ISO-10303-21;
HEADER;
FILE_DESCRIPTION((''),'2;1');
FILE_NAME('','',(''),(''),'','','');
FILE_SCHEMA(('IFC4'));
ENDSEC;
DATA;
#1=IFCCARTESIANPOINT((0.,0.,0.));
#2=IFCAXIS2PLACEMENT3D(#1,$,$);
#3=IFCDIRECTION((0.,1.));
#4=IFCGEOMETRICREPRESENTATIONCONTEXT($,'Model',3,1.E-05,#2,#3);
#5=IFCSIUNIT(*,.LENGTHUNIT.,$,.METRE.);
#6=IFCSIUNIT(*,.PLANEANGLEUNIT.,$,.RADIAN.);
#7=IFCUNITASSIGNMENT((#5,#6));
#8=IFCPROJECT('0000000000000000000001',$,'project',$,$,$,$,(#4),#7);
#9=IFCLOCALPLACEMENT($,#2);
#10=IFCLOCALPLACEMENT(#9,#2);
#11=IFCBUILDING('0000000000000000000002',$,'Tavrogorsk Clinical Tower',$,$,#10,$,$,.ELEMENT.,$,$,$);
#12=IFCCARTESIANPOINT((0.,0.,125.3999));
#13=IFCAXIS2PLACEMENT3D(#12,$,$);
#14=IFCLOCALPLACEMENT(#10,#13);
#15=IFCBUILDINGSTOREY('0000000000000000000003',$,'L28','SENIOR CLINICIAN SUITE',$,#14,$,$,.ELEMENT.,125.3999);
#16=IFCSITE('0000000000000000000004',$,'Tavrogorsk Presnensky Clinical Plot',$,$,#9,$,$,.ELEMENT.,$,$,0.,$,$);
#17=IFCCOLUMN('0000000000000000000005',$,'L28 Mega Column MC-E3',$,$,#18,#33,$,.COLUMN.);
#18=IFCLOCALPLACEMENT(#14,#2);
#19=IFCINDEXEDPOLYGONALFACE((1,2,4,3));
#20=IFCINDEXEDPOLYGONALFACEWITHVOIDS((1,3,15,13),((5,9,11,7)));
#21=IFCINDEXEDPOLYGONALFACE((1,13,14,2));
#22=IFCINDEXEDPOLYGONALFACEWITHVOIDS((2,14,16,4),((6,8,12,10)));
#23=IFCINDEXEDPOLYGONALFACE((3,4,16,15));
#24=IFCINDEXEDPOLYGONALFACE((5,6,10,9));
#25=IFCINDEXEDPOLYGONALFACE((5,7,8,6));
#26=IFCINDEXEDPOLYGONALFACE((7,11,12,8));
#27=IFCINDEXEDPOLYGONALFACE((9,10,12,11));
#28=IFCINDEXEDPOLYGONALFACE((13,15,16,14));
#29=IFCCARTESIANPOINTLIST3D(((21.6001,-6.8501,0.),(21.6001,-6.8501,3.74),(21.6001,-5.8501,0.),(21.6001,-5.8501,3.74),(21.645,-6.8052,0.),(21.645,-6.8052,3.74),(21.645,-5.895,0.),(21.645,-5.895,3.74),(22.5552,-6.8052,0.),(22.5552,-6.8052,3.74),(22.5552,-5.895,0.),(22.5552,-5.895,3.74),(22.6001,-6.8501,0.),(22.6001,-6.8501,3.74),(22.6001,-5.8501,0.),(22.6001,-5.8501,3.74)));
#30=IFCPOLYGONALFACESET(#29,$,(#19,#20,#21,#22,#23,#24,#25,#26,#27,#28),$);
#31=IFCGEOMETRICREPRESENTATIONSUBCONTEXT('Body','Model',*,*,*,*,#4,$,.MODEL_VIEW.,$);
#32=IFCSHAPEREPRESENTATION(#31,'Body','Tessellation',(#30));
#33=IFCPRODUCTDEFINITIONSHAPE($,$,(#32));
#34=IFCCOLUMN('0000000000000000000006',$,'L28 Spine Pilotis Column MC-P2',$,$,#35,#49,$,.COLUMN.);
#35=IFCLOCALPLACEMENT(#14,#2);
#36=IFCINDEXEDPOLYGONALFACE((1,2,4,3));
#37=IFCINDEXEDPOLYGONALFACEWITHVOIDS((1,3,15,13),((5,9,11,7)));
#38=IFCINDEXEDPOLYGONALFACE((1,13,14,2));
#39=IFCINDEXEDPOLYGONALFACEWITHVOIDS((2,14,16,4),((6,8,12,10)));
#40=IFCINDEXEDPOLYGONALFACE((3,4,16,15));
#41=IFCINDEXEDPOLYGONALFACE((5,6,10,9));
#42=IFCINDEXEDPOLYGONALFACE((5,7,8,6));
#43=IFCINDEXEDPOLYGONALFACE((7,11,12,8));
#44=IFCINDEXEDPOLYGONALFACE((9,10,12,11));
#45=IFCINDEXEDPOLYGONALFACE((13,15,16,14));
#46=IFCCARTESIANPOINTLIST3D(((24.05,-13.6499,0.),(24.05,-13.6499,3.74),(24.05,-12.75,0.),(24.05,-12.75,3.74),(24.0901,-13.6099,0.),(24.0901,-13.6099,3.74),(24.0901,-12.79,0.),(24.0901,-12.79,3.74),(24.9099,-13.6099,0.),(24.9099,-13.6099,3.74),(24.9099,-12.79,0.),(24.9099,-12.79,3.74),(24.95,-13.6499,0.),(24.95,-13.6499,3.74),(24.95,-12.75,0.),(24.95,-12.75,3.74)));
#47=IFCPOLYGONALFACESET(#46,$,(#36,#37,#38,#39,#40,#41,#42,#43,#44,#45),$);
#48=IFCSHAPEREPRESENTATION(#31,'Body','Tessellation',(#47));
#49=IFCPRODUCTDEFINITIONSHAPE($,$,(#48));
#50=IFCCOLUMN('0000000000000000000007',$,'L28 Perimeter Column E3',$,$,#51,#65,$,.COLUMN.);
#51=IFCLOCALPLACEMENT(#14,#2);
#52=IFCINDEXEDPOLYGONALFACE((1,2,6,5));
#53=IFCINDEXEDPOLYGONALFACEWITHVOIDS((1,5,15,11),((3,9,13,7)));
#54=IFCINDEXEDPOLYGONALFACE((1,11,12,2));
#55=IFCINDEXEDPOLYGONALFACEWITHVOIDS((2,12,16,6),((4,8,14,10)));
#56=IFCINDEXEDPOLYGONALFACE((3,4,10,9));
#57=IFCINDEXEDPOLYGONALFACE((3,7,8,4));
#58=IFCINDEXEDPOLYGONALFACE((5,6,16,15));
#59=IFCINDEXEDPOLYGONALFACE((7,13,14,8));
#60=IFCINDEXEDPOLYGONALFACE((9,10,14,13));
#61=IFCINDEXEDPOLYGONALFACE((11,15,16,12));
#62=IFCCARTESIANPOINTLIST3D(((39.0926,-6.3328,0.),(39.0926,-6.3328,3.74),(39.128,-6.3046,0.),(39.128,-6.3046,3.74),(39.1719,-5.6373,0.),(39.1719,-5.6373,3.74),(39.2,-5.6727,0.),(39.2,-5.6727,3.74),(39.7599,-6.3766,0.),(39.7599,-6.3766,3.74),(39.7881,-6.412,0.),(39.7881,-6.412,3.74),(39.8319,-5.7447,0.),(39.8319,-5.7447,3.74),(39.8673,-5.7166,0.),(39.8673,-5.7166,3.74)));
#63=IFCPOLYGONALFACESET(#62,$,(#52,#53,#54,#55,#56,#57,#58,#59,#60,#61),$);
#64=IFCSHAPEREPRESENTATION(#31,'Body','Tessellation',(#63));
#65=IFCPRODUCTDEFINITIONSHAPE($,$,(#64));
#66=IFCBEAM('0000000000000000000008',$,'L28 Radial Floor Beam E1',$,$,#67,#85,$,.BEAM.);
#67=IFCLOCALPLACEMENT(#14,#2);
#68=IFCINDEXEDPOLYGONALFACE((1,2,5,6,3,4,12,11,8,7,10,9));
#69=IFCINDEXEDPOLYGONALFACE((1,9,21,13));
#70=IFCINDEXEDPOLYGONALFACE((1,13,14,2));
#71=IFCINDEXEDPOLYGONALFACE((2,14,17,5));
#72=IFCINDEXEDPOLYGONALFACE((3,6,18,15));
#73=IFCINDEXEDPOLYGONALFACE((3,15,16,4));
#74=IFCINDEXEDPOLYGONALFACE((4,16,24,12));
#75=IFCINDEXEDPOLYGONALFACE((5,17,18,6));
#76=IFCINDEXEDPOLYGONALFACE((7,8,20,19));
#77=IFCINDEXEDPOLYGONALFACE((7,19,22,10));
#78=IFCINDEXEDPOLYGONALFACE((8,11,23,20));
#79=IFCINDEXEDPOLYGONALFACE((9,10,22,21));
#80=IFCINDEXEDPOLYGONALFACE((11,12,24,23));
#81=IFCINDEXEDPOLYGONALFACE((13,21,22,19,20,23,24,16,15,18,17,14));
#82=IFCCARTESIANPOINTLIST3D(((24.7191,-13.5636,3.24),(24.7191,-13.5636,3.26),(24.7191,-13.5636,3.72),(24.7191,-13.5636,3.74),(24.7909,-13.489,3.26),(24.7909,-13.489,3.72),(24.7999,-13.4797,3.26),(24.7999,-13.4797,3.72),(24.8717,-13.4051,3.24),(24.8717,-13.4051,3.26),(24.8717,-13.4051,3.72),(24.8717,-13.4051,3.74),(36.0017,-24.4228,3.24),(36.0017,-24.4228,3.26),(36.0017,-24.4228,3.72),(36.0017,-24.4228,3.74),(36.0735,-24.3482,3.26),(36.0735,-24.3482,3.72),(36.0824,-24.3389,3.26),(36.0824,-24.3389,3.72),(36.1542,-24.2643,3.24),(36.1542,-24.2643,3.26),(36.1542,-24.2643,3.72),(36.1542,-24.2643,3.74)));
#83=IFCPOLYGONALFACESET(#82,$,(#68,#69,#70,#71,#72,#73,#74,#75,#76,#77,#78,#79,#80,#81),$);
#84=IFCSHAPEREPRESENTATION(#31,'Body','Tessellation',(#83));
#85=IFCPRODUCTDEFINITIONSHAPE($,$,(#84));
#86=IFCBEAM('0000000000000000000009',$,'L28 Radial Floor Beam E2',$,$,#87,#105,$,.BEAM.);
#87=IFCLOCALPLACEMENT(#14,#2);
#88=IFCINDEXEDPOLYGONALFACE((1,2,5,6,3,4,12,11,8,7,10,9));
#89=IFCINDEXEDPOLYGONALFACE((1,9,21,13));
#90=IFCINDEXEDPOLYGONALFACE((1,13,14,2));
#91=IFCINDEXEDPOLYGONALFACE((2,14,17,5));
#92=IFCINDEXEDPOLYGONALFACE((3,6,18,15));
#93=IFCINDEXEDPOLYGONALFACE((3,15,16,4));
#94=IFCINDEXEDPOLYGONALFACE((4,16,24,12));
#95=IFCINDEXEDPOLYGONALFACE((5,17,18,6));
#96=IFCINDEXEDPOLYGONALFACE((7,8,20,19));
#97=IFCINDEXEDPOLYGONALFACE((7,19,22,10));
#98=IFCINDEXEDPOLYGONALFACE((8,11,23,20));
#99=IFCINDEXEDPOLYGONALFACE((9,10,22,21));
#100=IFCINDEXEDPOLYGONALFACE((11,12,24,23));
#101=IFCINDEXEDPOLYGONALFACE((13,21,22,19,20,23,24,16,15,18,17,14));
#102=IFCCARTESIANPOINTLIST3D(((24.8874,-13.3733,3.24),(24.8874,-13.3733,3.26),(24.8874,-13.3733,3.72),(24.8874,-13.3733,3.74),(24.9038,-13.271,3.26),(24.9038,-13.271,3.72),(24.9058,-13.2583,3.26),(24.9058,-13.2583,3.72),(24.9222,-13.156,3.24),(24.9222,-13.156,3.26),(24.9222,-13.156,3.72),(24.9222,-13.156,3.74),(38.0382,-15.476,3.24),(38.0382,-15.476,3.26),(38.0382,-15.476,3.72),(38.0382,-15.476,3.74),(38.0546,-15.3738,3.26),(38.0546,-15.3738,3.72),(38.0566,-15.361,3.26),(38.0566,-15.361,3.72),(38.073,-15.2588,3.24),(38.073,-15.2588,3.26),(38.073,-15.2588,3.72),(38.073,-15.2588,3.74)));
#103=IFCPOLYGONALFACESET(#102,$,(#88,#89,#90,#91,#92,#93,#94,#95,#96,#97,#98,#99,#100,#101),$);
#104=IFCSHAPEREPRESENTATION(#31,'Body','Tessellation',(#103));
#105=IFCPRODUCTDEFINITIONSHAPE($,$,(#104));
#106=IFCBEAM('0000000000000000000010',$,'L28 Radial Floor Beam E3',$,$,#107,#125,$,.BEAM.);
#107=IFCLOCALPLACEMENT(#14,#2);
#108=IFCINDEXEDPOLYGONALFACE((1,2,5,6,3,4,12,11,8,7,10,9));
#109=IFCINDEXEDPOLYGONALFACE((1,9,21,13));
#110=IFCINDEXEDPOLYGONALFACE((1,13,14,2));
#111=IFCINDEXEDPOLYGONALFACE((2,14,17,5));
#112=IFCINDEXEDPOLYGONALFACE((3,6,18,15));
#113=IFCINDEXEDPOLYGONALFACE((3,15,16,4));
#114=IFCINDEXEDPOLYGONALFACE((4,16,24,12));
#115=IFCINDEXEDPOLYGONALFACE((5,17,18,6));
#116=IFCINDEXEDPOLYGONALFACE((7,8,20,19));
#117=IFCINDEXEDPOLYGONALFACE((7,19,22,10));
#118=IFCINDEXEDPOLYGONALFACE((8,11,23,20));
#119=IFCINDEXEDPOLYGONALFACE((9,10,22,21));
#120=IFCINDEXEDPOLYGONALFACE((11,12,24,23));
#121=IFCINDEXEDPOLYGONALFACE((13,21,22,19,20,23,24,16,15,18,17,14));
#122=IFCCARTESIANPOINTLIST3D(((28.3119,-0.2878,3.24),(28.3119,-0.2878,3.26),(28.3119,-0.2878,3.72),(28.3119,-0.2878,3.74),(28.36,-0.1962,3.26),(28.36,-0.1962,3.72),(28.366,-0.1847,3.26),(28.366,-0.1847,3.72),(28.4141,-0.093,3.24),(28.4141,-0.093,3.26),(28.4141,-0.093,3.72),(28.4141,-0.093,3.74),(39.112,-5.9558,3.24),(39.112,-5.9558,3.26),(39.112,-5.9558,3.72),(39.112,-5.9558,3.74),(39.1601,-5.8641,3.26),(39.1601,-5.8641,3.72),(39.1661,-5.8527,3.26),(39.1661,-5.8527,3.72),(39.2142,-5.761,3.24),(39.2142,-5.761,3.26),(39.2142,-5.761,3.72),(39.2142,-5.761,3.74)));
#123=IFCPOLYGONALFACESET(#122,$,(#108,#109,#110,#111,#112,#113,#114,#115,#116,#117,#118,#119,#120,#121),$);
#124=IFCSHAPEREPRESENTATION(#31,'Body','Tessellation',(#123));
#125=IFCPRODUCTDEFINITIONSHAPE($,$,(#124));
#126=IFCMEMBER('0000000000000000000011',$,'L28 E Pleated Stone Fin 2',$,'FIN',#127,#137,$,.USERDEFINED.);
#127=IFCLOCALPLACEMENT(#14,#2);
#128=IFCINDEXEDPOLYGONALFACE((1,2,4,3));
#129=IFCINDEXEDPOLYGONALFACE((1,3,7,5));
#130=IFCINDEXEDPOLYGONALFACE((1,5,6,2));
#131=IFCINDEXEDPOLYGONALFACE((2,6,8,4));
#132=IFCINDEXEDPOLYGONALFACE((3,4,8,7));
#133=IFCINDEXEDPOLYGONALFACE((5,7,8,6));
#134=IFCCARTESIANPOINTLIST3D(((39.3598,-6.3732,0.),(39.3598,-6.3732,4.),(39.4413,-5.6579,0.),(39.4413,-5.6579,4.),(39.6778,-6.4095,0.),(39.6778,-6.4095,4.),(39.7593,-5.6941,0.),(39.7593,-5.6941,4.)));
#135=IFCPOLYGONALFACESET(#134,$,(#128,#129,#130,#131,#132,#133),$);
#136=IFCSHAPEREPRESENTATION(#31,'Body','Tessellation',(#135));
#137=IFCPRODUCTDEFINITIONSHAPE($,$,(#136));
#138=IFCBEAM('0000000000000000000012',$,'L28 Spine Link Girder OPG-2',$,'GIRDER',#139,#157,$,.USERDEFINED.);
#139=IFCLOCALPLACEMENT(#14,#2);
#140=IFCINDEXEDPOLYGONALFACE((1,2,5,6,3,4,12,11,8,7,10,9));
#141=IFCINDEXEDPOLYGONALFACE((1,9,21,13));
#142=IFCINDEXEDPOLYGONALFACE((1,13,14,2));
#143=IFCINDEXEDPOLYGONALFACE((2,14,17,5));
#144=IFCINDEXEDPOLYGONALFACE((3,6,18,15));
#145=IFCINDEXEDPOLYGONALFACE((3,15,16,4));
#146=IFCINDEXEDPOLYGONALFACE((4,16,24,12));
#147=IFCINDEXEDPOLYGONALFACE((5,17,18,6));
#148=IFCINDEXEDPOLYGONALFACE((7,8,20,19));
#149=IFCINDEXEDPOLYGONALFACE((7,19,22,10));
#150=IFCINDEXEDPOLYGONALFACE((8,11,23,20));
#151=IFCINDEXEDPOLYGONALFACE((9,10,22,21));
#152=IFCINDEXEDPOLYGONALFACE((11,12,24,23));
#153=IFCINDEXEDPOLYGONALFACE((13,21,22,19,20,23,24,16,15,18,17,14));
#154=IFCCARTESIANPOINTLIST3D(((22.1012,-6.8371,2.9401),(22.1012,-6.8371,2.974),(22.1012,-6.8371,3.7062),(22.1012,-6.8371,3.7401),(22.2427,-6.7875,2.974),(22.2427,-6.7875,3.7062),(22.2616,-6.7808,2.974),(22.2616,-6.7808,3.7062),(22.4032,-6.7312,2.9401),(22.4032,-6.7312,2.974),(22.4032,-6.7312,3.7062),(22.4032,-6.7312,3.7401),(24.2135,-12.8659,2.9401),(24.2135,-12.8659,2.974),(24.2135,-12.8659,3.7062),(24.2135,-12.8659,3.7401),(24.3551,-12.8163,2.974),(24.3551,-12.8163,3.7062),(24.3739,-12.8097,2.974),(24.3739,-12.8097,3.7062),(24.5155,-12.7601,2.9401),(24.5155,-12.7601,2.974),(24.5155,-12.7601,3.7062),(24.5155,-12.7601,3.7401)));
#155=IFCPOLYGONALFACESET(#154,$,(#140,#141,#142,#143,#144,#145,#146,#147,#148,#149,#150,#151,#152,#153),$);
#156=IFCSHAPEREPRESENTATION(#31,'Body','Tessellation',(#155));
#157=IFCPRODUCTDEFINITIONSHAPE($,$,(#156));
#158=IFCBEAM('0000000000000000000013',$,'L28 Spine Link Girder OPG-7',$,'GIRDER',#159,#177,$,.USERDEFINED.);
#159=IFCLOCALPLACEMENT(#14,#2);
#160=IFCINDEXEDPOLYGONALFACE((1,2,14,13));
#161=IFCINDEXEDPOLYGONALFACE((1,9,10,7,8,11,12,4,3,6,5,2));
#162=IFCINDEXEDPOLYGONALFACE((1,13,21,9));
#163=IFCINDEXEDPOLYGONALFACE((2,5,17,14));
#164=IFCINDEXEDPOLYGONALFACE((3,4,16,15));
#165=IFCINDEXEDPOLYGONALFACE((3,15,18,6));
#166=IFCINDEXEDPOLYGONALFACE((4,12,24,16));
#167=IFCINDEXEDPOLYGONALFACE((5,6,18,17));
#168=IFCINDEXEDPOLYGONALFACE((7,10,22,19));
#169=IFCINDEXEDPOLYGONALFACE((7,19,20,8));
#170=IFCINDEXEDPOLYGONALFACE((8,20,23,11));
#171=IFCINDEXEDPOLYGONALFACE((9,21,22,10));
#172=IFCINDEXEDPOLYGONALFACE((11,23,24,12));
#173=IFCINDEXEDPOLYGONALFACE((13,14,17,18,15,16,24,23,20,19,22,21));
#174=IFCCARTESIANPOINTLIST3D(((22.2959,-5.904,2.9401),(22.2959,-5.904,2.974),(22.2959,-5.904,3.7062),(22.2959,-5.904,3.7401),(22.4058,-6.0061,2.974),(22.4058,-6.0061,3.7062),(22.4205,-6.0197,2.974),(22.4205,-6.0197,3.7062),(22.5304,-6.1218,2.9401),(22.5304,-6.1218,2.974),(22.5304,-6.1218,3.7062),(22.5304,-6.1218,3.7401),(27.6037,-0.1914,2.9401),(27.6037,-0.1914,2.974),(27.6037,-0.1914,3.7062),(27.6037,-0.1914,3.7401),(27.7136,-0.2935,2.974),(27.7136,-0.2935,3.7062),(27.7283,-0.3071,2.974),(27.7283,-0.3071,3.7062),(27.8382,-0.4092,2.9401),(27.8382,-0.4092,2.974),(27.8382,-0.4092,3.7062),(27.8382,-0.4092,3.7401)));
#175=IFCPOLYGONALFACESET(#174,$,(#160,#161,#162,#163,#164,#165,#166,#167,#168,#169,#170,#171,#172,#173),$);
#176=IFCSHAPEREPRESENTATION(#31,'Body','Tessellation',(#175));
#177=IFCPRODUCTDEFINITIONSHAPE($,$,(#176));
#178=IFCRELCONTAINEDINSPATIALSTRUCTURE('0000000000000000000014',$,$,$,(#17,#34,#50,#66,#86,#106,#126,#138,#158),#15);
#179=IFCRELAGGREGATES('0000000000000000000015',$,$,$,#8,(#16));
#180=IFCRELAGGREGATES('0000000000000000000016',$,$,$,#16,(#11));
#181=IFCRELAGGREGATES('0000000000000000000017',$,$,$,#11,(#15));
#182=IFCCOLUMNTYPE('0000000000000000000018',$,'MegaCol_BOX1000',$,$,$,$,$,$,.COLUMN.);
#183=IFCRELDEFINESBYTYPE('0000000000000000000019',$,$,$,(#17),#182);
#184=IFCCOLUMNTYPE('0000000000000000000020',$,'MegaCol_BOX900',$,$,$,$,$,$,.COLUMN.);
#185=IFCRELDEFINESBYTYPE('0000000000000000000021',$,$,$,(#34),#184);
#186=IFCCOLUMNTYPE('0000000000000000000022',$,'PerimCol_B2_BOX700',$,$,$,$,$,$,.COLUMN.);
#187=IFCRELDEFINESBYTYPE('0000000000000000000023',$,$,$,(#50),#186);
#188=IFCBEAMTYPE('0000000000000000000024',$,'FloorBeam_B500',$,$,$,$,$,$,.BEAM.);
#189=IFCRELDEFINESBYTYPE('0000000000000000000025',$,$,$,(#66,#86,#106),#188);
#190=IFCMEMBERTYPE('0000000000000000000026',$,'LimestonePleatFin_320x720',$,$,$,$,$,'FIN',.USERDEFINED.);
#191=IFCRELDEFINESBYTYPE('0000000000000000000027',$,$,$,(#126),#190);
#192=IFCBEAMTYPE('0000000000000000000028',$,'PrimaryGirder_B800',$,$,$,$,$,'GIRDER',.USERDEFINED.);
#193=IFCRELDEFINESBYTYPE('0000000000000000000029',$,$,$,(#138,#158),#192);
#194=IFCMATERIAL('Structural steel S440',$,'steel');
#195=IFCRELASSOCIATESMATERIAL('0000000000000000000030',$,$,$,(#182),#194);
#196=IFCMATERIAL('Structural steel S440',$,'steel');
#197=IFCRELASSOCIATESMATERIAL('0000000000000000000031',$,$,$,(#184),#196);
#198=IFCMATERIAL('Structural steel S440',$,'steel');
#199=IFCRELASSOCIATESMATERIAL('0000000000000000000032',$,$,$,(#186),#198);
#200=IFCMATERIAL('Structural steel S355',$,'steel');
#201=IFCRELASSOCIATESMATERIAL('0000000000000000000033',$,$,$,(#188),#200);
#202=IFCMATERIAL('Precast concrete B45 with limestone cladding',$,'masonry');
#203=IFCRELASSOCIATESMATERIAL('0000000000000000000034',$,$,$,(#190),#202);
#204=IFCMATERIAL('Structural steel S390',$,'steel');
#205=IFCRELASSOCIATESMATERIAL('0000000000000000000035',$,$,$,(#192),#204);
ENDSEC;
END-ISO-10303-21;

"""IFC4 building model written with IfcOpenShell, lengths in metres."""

from ifc_helpers import new_model, si_unit, direction, frame, origin, origin_2d, place, context, subcontext, project, spatial, rectangle, hollow_rectangle, i_section, extrude, material, material_profile, profile_set, type_object, element, save


model = new_model("IFC4")

# Units and contexts
model_context = context("Model", 3, precision=1e-05, world=origin(), true_north=direction((0.0, 1.0)))
body_context = subcontext(model_context, "Body", "Model", "MODEL_VIEW")
ifc_project = project(units=[si_unit("LENGTHUNIT", "METRE"), si_unit("PLANEANGLEUNIT", "RADIAN")], contexts=[model_context])

# Site, building, storey
site_placement = place(None, origin())
site = spatial("IfcSite", under=ifc_project, at=site_placement, Name="Tavrogorsk Presnensky Clinical Plot", CompositionType="ELEMENT", RefElevation=0.0)
building_placement = place(site_placement, origin())
building = spatial("IfcBuilding", under=site, at=building_placement, Name="Tavrogorsk Clinical Tower", CompositionType="ELEMENT")
storey_placement = place(building_placement, frame((0.0, 0.0, 125.3999)))
storey = spatial("IfcBuildingStorey", under=building, at=storey_placement, Name="L28", Description="SENIOR CLINICIAN SUITE", CompositionType="ELEMENT", Elevation=125.3999)

# Columns
ifc_material_1 = material(Name="Structural steel S440", Category="steel")
ifc_material_profile_1 = material_profile(ifc_material_1, hollow_rectangle(XDim=1.0, YDim=1.0, WallThickness=0.0449, at=origin_2d()), Name="BOX-1000x1000x45")
ifc_profile_set_1 = profile_set([ifc_material_profile_1], Name="Structural steel S440")
column_type_1 = type_object("IfcColumnType", Name="MegaCol_BOX1000", PredefinedType="COLUMN", material=ifc_profile_set_1)
column_1_placement = place(storey_placement, frame((22.1001, -6.3501, 0.0), z_axis=(0.0, 0.0, 1.0), x_axis=(1.0, 0.0, 0.0)))
element("IfcColumn", 1, at=column_1_placement, inside=storey, type_object=column_type_1, Name="L28 Mega Column MC-E3", PredefinedType="COLUMN", context=body_context, shape_type="SweptSolid", body=[
    extrude(hollow_rectangle(XDim=1.0, YDim=1.0, WallThickness=0.0449, at=origin_2d()), origin(), (0.0, 0.0, 1.0), 3.74),
])
ifc_material_2 = material(Name="Structural steel S440", Category="steel")
ifc_material_profile_2 = material_profile(ifc_material_2, hollow_rectangle(XDim=0.8999, YDim=0.8999, WallThickness=0.04, at=origin_2d()), Name="BOX-900x900x40")
ifc_profile_set_2 = profile_set([ifc_material_profile_2], Name="Structural steel S440")
column_type_2 = type_object("IfcColumnType", Name="MegaCol_BOX900", PredefinedType="COLUMN", material=ifc_profile_set_2)
column_2_placement = place(storey_placement, frame((24.5, -13.2, 0.0), z_axis=(0.0, 0.0, 1.0), x_axis=(1.0, 0.0, 0.0)))
element("IfcColumn", 2, at=column_2_placement, inside=storey, type_object=column_type_2, Name="L28 Spine Pilotis Column MC-P2", PredefinedType="COLUMN", context=body_context, shape_type="SweptSolid", body=[
    extrude(hollow_rectangle(XDim=0.8999, YDim=0.8999, WallThickness=0.04, at=origin_2d()), origin(), (0.0, 0.0, 1.0), 3.74),
])
ifc_material_3 = material(Name="Structural steel S440", Category="steel")
ifc_material_profile_3 = material_profile(ifc_material_3, hollow_rectangle(XDim=0.7, YDim=0.7, WallThickness=0.032, at=origin_2d()), Name="BOX-700x700x32")
ifc_profile_set_3 = profile_set([ifc_material_profile_3], Name="Structural steel S440")
column_type_3 = type_object("IfcColumnType", Name="PerimCol_B2_BOX700", PredefinedType="COLUMN", material=ifc_profile_set_3)
column_3_placement = place(storey_placement, frame((39.48, -6.0247, 0.0), z_axis=(0.0, 0.0, 1.0), x_axis=(0.993572, -0.113203, 0.0)))
element("IfcColumn", 3, at=column_3_placement, inside=storey, type_object=column_type_3, Name="L28 Perimeter Column E3", PredefinedType="COLUMN", context=body_context, shape_type="SweptSolid", body=[
    extrude(hollow_rectangle(XDim=0.7, YDim=0.7, WallThickness=0.032, at=origin_2d()), origin(), (0.0, 0.0, 1.0), 3.74),
])

# Beams
ifc_material_4 = material(Name="Structural steel S355", Category="steel")
ifc_material_profile_4 = material_profile(ifc_material_4, i_section(OverallWidth=0.22, OverallDepth=0.5, WebThickness=0.0129, FlangeThickness=0.02, at=origin_2d()), Name="B-500x220x13x20")
ifc_profile_set_4 = profile_set([ifc_material_profile_4], Name="Structural steel S355")
beam_type_1 = type_object("IfcBeamType", Name="FloorBeam_B500", PredefinedType="BEAM", material=ifc_profile_set_4)
beam_1_placement = place(storey_placement, frame((24.7954, -13.4844, 3.49), z_axis=(0.720495, -0.69346, 0.0), x_axis=(0.69346, 0.720495, 0.0)))
element("IfcBeam", 4, at=beam_1_placement, inside=storey, type_object=beam_type_1, Name="L28 Radial Floor Beam E1", PredefinedType="BEAM", context=body_context, shape_type="SweptSolid", body=[
    extrude(i_section(OverallWidth=0.22, OverallDepth=0.5, WebThickness=0.0129, FlangeThickness=0.02, at=origin_2d()), origin(), (0.0, 0.0, 1.0), 15.6594),
])
beam_2_placement = place(storey_placement, frame((24.9048, -13.2646, 3.49), z_axis=(0.987457, -0.157891, 0.0), x_axis=(0.157891, 0.987457, 0.0)))
element("IfcBeam", 5, at=beam_2_placement, inside=storey, type_object=beam_type_1, Name="L28 Radial Floor Beam E2", PredefinedType="BEAM", context=body_context, shape_type="SweptSolid", body=[
    extrude(i_section(OverallWidth=0.22, OverallDepth=0.5, WebThickness=0.0129, FlangeThickness=0.02, at=origin_2d()), origin(), (0.0, 0.0, 1.0), 13.3179),
])
beam_3_placement = place(storey_placement, frame((28.363, -0.1904, 3.49), z_axis=(0.885467, -0.464702, 0.0), x_axis=(0.464702, 0.885467, 0.0)))
element("IfcBeam", 6, at=beam_3_placement, inside=storey, type_object=beam_type_1, Name="L28 Radial Floor Beam E3", PredefinedType="BEAM", context=body_context, shape_type="SweptSolid", body=[
    extrude(i_section(OverallWidth=0.22, OverallDepth=0.5, WebThickness=0.0129, FlangeThickness=0.02, at=origin_2d()), origin(), (0.0, 0.0, 1.0), 12.197),
])

# Member
ifc_material_5 = material(Name="Precast concrete B45 with limestone cladding", Category="masonry")
ifc_material_profile_5 = material_profile(ifc_material_5, rectangle(XDim=0.3201, YDim=0.72, at=origin_2d()), Name="LIMESTONE-FIN-320x720")
ifc_profile_set_5 = profile_set([ifc_material_profile_5], Name="Precast concrete B45 with limestone cladding")
member_type = type_object("IfcMemberType", Name="LimestonePleatFin_320x720", ElementType="FIN", PredefinedType="USERDEFINED", material=ifc_profile_set_5)
member_placement = place(storey_placement, frame((39.5596, -6.0337, 0.0), z_axis=(0.0, 0.0, 1.0), x_axis=(0.993572, -0.113203, 0.0)))
element("IfcMember", 7, at=member_placement, inside=storey, type_object=member_type, Name="L28 E Pleated Stone Fin 2", ObjectType="FIN", PredefinedType="USERDEFINED", context=body_context, shape_type="SweptSolid", body=[
    extrude(rectangle(XDim=0.3201, YDim=0.72, at=origin_2d()), origin(), (0.0, 0.0, 1.0), 4.0),
])

# Beams
ifc_material_6 = material(Name="Structural steel S390", Category="steel")
ifc_material_profile_6 = material_profile(ifc_material_6, i_section(OverallWidth=0.3201, OverallDepth=0.8, WebThickness=0.02, FlangeThickness=0.0339, at=origin_2d()), Name="B-800x320x20x34")
ifc_profile_set_6 = profile_set([ifc_material_profile_6], Name="Structural steel S390")
beam_type_2 = type_object("IfcBeamType", Name="PrimaryGirder_B800", ElementType="GIRDER", PredefinedType="USERDEFINED", material=ifc_profile_set_6)
beam_4_placement = place(storey_placement, frame((24.3645, -12.813, 3.3401), z_axis=(-0.33066, 0.94375, 0.0), x_axis=(-0.94375, -0.33066, 0.0)))
element("IfcBeam", 8, at=beam_4_placement, inside=storey, type_object=beam_type_2, Name="L28 Spine Link Girder OPG-2", ObjectType="GIRDER", PredefinedType="USERDEFINED", context=body_context, shape_type="SweptSolid", body=[
    extrude(i_section(OverallWidth=0.3201, OverallDepth=0.8, WebThickness=0.02, FlangeThickness=0.0339, at=origin_2d()), origin(), (0.0, 0.0, 1.0), 6.3882),
])
beam_5_placement = place(storey_placement, frame((27.7209, -0.3003, 3.3401), z_axis=(-0.680676, -0.732585, 0.0), x_axis=(0.732585, -0.680676, 0.0)))
element("IfcBeam", 9, at=beam_5_placement, inside=storey, type_object=beam_type_2, Name="L28 Spine Link Girder OPG-7", ObjectType="GIRDER", PredefinedType="USERDEFINED", context=body_context, shape_type="SweptSolid", body=[
    extrude(i_section(OverallWidth=0.3201, OverallDepth=0.8, WebThickness=0.02, FlangeThickness=0.0339, at=origin_2d()), origin(), (0.0, 0.0, 1.0), 7.7979),
])

save(model, "model.ifc")
